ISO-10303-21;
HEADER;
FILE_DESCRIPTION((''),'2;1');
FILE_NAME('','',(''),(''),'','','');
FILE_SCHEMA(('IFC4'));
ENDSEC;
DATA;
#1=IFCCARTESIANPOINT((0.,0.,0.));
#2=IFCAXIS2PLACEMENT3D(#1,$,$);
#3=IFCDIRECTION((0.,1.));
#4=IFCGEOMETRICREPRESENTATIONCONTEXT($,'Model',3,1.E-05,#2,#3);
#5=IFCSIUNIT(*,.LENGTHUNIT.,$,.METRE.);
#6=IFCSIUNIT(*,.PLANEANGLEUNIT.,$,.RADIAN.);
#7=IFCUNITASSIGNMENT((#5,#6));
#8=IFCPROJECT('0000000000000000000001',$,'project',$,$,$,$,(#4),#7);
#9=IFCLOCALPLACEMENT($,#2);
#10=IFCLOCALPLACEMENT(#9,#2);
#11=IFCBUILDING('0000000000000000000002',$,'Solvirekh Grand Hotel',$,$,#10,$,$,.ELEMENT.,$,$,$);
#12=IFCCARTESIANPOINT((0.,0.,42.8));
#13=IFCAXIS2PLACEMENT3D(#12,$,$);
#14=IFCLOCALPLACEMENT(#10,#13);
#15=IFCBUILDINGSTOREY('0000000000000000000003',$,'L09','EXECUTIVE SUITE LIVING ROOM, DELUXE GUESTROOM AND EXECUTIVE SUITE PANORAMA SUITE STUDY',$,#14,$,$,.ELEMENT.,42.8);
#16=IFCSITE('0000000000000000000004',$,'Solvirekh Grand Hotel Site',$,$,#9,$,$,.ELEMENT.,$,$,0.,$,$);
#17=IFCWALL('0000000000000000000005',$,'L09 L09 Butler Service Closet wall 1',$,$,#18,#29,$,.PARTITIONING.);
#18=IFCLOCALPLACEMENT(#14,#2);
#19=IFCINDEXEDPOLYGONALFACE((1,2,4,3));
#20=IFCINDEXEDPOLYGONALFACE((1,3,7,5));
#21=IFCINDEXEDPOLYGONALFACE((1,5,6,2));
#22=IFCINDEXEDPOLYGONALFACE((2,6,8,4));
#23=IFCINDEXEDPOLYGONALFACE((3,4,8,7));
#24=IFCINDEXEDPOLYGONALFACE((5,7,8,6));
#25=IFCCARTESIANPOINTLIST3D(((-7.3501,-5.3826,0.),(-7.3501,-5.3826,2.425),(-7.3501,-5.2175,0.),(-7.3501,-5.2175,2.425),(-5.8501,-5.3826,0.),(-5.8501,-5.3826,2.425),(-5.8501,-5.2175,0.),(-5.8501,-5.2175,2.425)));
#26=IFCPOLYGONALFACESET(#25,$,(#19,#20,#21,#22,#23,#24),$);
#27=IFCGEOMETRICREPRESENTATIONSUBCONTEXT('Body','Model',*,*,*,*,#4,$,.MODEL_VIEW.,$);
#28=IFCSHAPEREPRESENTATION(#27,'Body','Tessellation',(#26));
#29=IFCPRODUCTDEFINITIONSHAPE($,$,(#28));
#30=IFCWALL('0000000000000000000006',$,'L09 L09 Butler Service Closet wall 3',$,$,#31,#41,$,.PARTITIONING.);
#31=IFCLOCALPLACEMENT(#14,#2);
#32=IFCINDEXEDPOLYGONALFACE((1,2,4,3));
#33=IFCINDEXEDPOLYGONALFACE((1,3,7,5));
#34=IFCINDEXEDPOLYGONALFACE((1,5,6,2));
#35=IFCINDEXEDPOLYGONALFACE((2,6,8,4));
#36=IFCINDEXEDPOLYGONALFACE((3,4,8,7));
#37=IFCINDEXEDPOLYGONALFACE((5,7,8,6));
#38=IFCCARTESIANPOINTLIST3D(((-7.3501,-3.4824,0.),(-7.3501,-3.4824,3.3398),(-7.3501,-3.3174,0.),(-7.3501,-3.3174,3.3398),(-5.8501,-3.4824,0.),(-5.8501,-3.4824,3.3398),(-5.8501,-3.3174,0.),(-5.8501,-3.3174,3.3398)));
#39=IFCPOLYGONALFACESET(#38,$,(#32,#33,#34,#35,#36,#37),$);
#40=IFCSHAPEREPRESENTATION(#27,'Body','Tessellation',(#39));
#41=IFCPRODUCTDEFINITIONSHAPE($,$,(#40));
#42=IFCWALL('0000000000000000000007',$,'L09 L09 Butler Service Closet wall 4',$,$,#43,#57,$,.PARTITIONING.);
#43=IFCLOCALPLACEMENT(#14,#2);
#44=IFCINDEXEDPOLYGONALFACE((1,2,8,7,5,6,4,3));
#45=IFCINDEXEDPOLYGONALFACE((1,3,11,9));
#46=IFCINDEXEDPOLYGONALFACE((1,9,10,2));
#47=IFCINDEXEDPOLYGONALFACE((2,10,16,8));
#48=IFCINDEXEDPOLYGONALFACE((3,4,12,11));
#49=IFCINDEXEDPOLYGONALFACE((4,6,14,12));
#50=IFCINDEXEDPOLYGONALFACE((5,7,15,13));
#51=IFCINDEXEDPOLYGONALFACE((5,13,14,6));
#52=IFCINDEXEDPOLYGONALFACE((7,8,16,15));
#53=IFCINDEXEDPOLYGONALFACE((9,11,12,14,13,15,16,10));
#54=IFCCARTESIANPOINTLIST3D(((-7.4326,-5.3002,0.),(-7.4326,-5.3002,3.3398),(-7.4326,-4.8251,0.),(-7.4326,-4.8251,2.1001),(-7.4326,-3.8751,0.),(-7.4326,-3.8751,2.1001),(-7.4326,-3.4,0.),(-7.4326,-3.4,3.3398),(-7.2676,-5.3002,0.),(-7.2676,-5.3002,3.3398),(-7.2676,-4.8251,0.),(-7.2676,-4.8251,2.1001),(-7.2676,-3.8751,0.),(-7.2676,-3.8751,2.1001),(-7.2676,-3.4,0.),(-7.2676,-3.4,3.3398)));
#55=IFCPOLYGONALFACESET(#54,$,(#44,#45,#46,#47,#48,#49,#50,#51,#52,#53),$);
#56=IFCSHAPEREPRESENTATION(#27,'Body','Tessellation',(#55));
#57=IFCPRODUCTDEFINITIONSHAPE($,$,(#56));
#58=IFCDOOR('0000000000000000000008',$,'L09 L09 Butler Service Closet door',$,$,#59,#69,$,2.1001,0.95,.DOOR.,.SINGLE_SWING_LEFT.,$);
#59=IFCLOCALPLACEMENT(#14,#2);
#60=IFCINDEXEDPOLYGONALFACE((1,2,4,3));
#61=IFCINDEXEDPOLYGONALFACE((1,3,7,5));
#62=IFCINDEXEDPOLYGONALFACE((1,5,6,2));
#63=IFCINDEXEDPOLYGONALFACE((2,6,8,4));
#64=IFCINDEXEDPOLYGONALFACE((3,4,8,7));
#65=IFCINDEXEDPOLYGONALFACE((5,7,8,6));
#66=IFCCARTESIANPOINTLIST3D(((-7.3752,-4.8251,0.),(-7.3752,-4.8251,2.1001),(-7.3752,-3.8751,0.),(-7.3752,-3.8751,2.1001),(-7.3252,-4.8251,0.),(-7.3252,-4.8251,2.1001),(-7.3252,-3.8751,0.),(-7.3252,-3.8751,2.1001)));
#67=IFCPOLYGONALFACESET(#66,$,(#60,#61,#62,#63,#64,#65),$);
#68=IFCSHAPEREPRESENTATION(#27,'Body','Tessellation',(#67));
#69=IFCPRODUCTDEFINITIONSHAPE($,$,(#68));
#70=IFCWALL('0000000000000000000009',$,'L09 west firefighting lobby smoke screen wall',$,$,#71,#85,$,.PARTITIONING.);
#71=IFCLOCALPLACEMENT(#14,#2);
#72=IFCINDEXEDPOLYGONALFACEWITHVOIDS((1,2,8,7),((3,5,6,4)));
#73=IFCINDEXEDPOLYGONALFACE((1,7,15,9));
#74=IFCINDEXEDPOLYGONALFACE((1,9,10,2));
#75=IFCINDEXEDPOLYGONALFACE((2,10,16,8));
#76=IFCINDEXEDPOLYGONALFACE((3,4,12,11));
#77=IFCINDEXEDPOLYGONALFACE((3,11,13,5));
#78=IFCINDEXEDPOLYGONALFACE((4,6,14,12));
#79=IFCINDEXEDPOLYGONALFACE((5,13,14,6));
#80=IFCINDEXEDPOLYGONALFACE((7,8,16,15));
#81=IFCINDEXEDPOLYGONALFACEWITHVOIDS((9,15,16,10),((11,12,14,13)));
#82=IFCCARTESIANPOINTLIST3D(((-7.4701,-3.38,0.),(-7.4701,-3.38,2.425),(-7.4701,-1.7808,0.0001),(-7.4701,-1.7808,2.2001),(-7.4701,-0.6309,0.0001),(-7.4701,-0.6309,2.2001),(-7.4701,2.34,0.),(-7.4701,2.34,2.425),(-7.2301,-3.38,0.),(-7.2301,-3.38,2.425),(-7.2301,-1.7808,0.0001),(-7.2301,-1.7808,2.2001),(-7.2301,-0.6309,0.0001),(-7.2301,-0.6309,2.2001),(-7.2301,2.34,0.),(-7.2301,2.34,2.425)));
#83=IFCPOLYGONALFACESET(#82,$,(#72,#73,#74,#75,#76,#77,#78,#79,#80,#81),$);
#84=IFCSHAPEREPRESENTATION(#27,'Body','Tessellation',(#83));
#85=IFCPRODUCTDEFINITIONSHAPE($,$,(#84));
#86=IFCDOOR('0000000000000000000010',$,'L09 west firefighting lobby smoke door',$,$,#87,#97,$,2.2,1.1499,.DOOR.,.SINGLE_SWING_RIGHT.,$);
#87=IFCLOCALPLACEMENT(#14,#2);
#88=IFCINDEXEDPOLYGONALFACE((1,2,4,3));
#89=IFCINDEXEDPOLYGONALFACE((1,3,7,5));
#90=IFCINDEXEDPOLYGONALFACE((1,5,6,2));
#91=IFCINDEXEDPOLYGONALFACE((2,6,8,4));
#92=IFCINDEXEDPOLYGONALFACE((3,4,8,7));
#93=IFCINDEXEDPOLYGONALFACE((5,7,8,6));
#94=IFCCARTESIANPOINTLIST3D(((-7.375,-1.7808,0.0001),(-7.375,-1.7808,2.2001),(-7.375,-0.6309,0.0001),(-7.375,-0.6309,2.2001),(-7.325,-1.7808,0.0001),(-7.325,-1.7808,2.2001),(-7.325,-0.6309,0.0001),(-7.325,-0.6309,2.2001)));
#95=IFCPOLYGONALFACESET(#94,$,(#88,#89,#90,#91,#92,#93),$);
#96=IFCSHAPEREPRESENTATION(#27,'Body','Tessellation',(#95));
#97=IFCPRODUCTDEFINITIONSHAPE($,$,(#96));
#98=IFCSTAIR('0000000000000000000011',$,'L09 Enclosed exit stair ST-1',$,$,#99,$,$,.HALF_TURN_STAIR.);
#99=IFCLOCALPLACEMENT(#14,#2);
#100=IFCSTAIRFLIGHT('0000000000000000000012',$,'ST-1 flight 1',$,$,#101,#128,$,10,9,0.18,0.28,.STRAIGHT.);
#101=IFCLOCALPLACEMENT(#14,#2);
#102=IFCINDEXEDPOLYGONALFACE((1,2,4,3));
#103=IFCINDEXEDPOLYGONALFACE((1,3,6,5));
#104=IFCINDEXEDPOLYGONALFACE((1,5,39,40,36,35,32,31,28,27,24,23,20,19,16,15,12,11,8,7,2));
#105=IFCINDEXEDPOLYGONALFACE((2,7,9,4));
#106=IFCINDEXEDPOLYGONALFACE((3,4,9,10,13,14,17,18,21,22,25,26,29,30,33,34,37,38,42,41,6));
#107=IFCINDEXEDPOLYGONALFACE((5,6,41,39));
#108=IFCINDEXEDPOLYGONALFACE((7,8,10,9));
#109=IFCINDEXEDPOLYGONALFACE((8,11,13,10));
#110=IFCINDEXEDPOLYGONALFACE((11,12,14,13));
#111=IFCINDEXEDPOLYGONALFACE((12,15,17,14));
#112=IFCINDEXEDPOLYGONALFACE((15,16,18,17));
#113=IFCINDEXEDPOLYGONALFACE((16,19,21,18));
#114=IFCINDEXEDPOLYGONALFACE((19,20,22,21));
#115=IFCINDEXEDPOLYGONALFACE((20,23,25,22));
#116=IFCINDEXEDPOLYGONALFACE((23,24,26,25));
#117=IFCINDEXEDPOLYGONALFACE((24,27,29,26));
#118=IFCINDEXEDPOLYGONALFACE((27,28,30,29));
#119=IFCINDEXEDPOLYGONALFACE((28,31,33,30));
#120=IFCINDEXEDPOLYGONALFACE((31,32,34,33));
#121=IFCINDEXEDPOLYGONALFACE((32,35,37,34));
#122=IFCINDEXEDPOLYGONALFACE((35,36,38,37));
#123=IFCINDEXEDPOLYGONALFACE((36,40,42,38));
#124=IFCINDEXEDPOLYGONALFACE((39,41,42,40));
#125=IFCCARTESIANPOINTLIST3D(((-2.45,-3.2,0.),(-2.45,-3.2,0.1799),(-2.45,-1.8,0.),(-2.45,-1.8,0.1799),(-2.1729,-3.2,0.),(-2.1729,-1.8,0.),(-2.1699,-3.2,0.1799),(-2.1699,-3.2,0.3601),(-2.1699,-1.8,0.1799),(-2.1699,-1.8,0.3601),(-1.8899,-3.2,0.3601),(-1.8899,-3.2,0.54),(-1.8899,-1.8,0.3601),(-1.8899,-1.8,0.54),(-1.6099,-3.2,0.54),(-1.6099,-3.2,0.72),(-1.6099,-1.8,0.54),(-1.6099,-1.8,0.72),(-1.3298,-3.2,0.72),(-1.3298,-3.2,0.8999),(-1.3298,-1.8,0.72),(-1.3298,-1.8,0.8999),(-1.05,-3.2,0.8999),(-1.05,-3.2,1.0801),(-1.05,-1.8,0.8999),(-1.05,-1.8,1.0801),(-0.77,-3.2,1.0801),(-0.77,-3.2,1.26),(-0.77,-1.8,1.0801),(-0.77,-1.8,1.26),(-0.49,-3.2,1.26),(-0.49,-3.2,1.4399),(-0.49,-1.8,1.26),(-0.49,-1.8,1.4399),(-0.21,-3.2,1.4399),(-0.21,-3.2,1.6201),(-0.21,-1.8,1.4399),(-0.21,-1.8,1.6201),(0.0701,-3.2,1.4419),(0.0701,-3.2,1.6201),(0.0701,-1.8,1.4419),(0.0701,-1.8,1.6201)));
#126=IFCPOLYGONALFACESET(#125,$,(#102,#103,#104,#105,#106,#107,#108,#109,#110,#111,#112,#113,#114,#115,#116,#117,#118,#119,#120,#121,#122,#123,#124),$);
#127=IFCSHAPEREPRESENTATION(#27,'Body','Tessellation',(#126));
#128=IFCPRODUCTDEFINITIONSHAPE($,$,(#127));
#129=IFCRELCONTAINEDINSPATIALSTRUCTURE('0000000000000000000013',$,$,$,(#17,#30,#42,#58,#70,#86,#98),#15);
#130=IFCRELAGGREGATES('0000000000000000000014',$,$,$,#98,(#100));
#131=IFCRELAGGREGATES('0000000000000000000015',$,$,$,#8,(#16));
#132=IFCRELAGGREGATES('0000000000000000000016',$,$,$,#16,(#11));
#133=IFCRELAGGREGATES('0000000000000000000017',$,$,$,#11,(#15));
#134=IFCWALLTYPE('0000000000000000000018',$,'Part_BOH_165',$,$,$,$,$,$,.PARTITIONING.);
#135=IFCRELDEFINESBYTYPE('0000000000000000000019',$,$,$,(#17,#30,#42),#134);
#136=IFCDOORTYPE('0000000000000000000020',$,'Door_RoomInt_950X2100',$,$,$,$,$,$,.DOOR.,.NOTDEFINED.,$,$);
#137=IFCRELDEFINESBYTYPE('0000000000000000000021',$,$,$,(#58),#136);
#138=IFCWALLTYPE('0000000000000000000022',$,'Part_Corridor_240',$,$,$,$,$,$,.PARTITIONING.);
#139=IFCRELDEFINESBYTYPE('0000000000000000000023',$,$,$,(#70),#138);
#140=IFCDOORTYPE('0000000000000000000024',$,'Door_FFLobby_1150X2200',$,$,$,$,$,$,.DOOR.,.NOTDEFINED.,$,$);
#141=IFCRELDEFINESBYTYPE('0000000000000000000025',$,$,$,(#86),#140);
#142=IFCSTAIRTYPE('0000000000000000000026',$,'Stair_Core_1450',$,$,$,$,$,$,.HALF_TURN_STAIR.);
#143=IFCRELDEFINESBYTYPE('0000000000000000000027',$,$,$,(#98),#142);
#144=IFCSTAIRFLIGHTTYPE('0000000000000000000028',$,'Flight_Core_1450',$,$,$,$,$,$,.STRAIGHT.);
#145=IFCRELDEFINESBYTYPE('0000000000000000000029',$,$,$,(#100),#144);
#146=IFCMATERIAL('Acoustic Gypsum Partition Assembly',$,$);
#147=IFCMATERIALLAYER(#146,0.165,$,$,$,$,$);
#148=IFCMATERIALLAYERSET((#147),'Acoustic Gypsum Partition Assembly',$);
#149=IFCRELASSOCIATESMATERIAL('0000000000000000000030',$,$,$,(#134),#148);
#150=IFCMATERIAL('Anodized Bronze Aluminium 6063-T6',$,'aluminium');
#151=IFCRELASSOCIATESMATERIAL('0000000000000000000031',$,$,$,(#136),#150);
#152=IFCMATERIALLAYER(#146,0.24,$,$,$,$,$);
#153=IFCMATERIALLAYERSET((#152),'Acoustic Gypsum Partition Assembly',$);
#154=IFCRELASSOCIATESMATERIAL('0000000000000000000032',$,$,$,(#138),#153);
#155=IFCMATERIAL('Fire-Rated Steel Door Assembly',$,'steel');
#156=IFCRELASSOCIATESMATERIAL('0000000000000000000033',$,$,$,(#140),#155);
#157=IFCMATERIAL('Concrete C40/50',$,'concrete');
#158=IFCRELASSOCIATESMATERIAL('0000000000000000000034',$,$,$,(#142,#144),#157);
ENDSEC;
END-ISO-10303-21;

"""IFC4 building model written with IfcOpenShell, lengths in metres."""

from ifc_helpers import new_model, si_unit, direction, frame, frame_2d, origin, place, context, subcontext, project, spatial, polyline, rectangle, outline, extrude, material, layer, layer_set, type_object, element, fill, aggregate, save


model = new_model("IFC4")

# Units and contexts
model_context = context("Model", 3, precision=1e-05, world=origin(), true_north=direction((0.0, 1.0)))
body_context = subcontext(model_context, "Body", "Model", "MODEL_VIEW")
ifc_project = project(units=[si_unit("LENGTHUNIT", "METRE"), si_unit("PLANEANGLEUNIT", "RADIAN")], contexts=[model_context])

# Site, building, storey
site_placement = place(None, origin())
site = spatial("IfcSite", under=ifc_project, at=site_placement, Name="Solvirekh Grand Hotel Site", CompositionType="ELEMENT", RefElevation=0.0)
building_placement = place(site_placement, origin())
building = spatial("IfcBuilding", under=site, at=building_placement, Name="Solvirekh Grand Hotel", CompositionType="ELEMENT")
storey_placement = place(building_placement, frame((0.0, 0.0, 42.8)))
storey = spatial("IfcBuildingStorey", under=building, at=storey_placement, Name="L09", Description="EXECUTIVE SUITE LIVING ROOM, DELUXE GUESTROOM AND EXECUTIVE SUITE PANORAMA SUITE STUDY", CompositionType="ELEMENT", Elevation=42.8)

# Shared definitions
ifc_material_1 = material(Name="Concrete C40/50", Category="concrete")
ifc_material_2 = material(Name="Fire-Rated Steel Door Assembly", Category="steel")

# Walls
ifc_material_3 = material(Name="Acoustic Gypsum Partition Assembly")
ifc_layer_1 = layer(ifc_material_3, 0.165)
ifc_layer_set_1 = layer_set([ifc_layer_1], Name="Acoustic Gypsum Partition Assembly")
wall_type_1 = type_object("IfcWallType", Name="Part_BOH_165", PredefinedType="PARTITIONING", material=ifc_layer_set_1)
wall_1_placement = place(storey_placement, frame((-7.3501, -5.3, 0.0), z_axis=(0.0, 0.0, 1.0), x_axis=(1.0, 0.0, 0.0)))
element("IfcWall", 1, at=wall_1_placement, inside=storey, type_object=wall_type_1, Name="L09 L09 Butler Service Closet wall 1", PredefinedType="PARTITIONING", context=body_context, shape_type="SweptSolid", body=[
    extrude(rectangle(XDim=1.5, YDim=0.165, at=frame_2d((0.75, 0.0))), origin(), (0.0, 0.0, 1.0), 2.425),
])
wall_2_placement = place(storey_placement, frame((-5.8501, -3.3999, 0.0), z_axis=(0.0, 0.0, 1.0), x_axis=(-1.0, 0.0, 0.0)))
element("IfcWall", 2, at=wall_2_placement, inside=storey, type_object=wall_type_1, Name="L09 L09 Butler Service Closet wall 3", PredefinedType="PARTITIONING", context=body_context, shape_type="SweptSolid", body=[
    extrude(rectangle(XDim=1.5, YDim=0.165, at=frame_2d((0.75, 0.0))), origin(), (0.0, 0.0, 1.0), 3.3398),
])

# Walls, openings, doors
wall_3_placement = place(storey_placement, frame((-7.3501, -3.3999, 0.0), z_axis=(0.0, 0.0, 1.0), x_axis=(0.0, -1.0, 0.0)))
wall_3 = element("IfcWall", 3, at=wall_3_placement, inside=storey, type_object=wall_type_1, Name="L09 L09 Butler Service Closet wall 4", PredefinedType="PARTITIONING", context=body_context, shape_type="SweptSolid", body=[
    extrude(rectangle(XDim=1.9001, YDim=0.165, at=frame_2d((0.9502, 0.0))), origin(), (0.0, 0.0, 1.0), 3.3398),
])
opening_1_placement = place(wall_3_placement, frame((0.4751, 0.0, 0.0)))
opening_1 = element("IfcOpeningElement", 4, at=opening_1_placement, cuts=wall_3, PredefinedType="OPENING", context=body_context, shape_type="SweptSolid", body=[
    extrude(rectangle(XDim=0.95, YDim=2.1001, at=frame_2d((0.4751, 1.05))), frame((0.0, 0.0925, 0.0), z_axis=(0.0, -1.0, 0.0), x_axis=(1.0, 0.0, 0.0)), (0.0, 0.0, 1.0), 0.1851),
])
ifc_material_4 = material(Name="Anodized Bronze Aluminium 6063-T6", Category="aluminium")
door_type_1 = type_object("IfcDoorType", Name="Door_RoomInt_950X2100", OperationType="NOTDEFINED", PredefinedType="DOOR", material=ifc_material_4)
door_1_placement = place(opening_1_placement, origin())
door_1 = element("IfcDoor", 5, at=door_1_placement, inside=storey, type_object=door_type_1, Name="L09 L09 Butler Service Closet door", OperationType="SINGLE_SWING_LEFT", OverallHeight=2.1001, OverallWidth=0.95, PredefinedType="DOOR", context=body_context, shape_type="SweptSolid", body=[
    extrude(rectangle(XDim=0.95, YDim=2.1001, at=frame_2d((0.4751, 1.05))), frame((0.0, 0.0249, 0.0), z_axis=(0.0, -1.0, 0.0), x_axis=(1.0, 0.0, 0.0)), (0.0, 0.0, 1.0), 0.05),
])
fill(opening_1, door_1)
ifc_layer_2 = layer(ifc_material_3, 0.24)
ifc_layer_set_2 = layer_set([ifc_layer_2], Name="Acoustic Gypsum Partition Assembly")
wall_type_2 = type_object("IfcWallType", Name="Part_Corridor_240", PredefinedType="PARTITIONING", material=ifc_layer_set_2)
wall_4_placement = place(storey_placement, frame((-7.3501, -3.3799, 0.0), z_axis=(0.0, 0.0, 1.0), x_axis=(0.0, 1.0, 0.0)))
wall_4 = element("IfcWall", 6, at=wall_4_placement, inside=storey, type_object=wall_type_2, Name="L09 west firefighting lobby smoke screen wall", PredefinedType="PARTITIONING", context=body_context, shape_type="SweptSolid", body=[
    extrude(rectangle(XDim=5.72, YDim=0.24, at=frame_2d((2.8599, 0.0))), origin(), (0.0, 0.0, 1.0), 2.425),
])
opening_2_placement = place(wall_4_placement, frame((1.5991, 0.0, 0.0)))
opening_2 = element("IfcOpeningElement", 7, at=opening_2_placement, cuts=wall_4, PredefinedType="OPENING", context=body_context, shape_type="SweptSolid", body=[
    extrude(rectangle(XDim=1.1499, YDim=2.2, at=frame_2d((0.575, 1.1001))), frame((0.0, 0.1299, 0.0), z_axis=(0.0, -1.0, 0.0), x_axis=(1.0, 0.0, 0.0)), (0.0, 0.0, 1.0), 0.26),
])
door_type_2 = type_object("IfcDoorType", Name="Door_FFLobby_1150X2200", OperationType="NOTDEFINED", PredefinedType="DOOR", material=ifc_material_2)
door_2_placement = place(opening_2_placement, origin())
door_2 = element("IfcDoor", 8, at=door_2_placement, inside=storey, type_object=door_type_2, Name="L09 west firefighting lobby smoke door", OperationType="SINGLE_SWING_RIGHT", OverallHeight=2.2, OverallWidth=1.1499, PredefinedType="DOOR", context=body_context, shape_type="SweptSolid", body=[
    extrude(rectangle(XDim=1.1499, YDim=2.2, at=frame_2d((0.575, 1.1001))), frame((0.0, 0.0249, 0.0), z_axis=(0.0, -1.0, 0.0), x_axis=(1.0, 0.0, 0.0)), (0.0, 0.0, 1.0), 0.05),
])
fill(opening_2, door_2)

# Stair, stair flight
stair_type = type_object("IfcStairType", Name="Stair_Core_1450", PredefinedType="HALF_TURN_STAIR", material=ifc_material_1)
stair_placement = place(storey_placement, origin())
stair = element("IfcStair", 9, at=stair_placement, inside=storey, type_object=stair_type, Name="L09 Enclosed exit stair ST-1", PredefinedType="HALF_TURN_STAIR")
stair_flight_type = type_object("IfcStairFlightType", Name="Flight_Core_1450", PredefinedType="STRAIGHT", material=ifc_material_1)
stair_flight_placement = place(storey_placement, frame((-2.45, -2.5, 0.0), z_axis=(0.0, 0.0, 1.0), x_axis=(1.0, 0.0, 0.0)))
stair_flight = element("IfcStairFlight", 10, at=stair_flight_placement, type_object=stair_flight_type, Name="ST-1 flight 1", NumberOfRisers=10, NumberOfTreads=9, PredefinedType="STRAIGHT", RiserHeight=0.18, TreadLength=0.28, context=body_context, shape_type="SweptSolid", body=[
    extrude(outline(polyline([(0.0, 0.0), (0.0, 0.1799), (0.28, 0.1799), (0.28, 0.3601), (0.5601, 0.3601), (0.5601, 0.54), (0.8401, 0.54), (0.8401, 0.72), (1.1201, 0.72), (1.1201, 0.8999), (1.3999, 0.8999), (1.3999, 1.0801), (1.6799, 1.0801), (1.6799, 1.26), (1.96, 1.26), (1.96, 1.4399), (2.24, 1.4399), (2.24, 1.6201), (2.52, 1.6201), (2.52, 1.8), (2.52, 1.4419), (0.2771, 0.0), (0.0, 0.0)])), frame((0.0, 0.7, 0.0), z_axis=(0.0, -1.0, 0.0), x_axis=(1.0, 0.0, 0.0)), (0.0, 0.0, 1.0), 1.3999),
])
aggregate(stair, [stair_flight])

save(model, "model.ifc")
